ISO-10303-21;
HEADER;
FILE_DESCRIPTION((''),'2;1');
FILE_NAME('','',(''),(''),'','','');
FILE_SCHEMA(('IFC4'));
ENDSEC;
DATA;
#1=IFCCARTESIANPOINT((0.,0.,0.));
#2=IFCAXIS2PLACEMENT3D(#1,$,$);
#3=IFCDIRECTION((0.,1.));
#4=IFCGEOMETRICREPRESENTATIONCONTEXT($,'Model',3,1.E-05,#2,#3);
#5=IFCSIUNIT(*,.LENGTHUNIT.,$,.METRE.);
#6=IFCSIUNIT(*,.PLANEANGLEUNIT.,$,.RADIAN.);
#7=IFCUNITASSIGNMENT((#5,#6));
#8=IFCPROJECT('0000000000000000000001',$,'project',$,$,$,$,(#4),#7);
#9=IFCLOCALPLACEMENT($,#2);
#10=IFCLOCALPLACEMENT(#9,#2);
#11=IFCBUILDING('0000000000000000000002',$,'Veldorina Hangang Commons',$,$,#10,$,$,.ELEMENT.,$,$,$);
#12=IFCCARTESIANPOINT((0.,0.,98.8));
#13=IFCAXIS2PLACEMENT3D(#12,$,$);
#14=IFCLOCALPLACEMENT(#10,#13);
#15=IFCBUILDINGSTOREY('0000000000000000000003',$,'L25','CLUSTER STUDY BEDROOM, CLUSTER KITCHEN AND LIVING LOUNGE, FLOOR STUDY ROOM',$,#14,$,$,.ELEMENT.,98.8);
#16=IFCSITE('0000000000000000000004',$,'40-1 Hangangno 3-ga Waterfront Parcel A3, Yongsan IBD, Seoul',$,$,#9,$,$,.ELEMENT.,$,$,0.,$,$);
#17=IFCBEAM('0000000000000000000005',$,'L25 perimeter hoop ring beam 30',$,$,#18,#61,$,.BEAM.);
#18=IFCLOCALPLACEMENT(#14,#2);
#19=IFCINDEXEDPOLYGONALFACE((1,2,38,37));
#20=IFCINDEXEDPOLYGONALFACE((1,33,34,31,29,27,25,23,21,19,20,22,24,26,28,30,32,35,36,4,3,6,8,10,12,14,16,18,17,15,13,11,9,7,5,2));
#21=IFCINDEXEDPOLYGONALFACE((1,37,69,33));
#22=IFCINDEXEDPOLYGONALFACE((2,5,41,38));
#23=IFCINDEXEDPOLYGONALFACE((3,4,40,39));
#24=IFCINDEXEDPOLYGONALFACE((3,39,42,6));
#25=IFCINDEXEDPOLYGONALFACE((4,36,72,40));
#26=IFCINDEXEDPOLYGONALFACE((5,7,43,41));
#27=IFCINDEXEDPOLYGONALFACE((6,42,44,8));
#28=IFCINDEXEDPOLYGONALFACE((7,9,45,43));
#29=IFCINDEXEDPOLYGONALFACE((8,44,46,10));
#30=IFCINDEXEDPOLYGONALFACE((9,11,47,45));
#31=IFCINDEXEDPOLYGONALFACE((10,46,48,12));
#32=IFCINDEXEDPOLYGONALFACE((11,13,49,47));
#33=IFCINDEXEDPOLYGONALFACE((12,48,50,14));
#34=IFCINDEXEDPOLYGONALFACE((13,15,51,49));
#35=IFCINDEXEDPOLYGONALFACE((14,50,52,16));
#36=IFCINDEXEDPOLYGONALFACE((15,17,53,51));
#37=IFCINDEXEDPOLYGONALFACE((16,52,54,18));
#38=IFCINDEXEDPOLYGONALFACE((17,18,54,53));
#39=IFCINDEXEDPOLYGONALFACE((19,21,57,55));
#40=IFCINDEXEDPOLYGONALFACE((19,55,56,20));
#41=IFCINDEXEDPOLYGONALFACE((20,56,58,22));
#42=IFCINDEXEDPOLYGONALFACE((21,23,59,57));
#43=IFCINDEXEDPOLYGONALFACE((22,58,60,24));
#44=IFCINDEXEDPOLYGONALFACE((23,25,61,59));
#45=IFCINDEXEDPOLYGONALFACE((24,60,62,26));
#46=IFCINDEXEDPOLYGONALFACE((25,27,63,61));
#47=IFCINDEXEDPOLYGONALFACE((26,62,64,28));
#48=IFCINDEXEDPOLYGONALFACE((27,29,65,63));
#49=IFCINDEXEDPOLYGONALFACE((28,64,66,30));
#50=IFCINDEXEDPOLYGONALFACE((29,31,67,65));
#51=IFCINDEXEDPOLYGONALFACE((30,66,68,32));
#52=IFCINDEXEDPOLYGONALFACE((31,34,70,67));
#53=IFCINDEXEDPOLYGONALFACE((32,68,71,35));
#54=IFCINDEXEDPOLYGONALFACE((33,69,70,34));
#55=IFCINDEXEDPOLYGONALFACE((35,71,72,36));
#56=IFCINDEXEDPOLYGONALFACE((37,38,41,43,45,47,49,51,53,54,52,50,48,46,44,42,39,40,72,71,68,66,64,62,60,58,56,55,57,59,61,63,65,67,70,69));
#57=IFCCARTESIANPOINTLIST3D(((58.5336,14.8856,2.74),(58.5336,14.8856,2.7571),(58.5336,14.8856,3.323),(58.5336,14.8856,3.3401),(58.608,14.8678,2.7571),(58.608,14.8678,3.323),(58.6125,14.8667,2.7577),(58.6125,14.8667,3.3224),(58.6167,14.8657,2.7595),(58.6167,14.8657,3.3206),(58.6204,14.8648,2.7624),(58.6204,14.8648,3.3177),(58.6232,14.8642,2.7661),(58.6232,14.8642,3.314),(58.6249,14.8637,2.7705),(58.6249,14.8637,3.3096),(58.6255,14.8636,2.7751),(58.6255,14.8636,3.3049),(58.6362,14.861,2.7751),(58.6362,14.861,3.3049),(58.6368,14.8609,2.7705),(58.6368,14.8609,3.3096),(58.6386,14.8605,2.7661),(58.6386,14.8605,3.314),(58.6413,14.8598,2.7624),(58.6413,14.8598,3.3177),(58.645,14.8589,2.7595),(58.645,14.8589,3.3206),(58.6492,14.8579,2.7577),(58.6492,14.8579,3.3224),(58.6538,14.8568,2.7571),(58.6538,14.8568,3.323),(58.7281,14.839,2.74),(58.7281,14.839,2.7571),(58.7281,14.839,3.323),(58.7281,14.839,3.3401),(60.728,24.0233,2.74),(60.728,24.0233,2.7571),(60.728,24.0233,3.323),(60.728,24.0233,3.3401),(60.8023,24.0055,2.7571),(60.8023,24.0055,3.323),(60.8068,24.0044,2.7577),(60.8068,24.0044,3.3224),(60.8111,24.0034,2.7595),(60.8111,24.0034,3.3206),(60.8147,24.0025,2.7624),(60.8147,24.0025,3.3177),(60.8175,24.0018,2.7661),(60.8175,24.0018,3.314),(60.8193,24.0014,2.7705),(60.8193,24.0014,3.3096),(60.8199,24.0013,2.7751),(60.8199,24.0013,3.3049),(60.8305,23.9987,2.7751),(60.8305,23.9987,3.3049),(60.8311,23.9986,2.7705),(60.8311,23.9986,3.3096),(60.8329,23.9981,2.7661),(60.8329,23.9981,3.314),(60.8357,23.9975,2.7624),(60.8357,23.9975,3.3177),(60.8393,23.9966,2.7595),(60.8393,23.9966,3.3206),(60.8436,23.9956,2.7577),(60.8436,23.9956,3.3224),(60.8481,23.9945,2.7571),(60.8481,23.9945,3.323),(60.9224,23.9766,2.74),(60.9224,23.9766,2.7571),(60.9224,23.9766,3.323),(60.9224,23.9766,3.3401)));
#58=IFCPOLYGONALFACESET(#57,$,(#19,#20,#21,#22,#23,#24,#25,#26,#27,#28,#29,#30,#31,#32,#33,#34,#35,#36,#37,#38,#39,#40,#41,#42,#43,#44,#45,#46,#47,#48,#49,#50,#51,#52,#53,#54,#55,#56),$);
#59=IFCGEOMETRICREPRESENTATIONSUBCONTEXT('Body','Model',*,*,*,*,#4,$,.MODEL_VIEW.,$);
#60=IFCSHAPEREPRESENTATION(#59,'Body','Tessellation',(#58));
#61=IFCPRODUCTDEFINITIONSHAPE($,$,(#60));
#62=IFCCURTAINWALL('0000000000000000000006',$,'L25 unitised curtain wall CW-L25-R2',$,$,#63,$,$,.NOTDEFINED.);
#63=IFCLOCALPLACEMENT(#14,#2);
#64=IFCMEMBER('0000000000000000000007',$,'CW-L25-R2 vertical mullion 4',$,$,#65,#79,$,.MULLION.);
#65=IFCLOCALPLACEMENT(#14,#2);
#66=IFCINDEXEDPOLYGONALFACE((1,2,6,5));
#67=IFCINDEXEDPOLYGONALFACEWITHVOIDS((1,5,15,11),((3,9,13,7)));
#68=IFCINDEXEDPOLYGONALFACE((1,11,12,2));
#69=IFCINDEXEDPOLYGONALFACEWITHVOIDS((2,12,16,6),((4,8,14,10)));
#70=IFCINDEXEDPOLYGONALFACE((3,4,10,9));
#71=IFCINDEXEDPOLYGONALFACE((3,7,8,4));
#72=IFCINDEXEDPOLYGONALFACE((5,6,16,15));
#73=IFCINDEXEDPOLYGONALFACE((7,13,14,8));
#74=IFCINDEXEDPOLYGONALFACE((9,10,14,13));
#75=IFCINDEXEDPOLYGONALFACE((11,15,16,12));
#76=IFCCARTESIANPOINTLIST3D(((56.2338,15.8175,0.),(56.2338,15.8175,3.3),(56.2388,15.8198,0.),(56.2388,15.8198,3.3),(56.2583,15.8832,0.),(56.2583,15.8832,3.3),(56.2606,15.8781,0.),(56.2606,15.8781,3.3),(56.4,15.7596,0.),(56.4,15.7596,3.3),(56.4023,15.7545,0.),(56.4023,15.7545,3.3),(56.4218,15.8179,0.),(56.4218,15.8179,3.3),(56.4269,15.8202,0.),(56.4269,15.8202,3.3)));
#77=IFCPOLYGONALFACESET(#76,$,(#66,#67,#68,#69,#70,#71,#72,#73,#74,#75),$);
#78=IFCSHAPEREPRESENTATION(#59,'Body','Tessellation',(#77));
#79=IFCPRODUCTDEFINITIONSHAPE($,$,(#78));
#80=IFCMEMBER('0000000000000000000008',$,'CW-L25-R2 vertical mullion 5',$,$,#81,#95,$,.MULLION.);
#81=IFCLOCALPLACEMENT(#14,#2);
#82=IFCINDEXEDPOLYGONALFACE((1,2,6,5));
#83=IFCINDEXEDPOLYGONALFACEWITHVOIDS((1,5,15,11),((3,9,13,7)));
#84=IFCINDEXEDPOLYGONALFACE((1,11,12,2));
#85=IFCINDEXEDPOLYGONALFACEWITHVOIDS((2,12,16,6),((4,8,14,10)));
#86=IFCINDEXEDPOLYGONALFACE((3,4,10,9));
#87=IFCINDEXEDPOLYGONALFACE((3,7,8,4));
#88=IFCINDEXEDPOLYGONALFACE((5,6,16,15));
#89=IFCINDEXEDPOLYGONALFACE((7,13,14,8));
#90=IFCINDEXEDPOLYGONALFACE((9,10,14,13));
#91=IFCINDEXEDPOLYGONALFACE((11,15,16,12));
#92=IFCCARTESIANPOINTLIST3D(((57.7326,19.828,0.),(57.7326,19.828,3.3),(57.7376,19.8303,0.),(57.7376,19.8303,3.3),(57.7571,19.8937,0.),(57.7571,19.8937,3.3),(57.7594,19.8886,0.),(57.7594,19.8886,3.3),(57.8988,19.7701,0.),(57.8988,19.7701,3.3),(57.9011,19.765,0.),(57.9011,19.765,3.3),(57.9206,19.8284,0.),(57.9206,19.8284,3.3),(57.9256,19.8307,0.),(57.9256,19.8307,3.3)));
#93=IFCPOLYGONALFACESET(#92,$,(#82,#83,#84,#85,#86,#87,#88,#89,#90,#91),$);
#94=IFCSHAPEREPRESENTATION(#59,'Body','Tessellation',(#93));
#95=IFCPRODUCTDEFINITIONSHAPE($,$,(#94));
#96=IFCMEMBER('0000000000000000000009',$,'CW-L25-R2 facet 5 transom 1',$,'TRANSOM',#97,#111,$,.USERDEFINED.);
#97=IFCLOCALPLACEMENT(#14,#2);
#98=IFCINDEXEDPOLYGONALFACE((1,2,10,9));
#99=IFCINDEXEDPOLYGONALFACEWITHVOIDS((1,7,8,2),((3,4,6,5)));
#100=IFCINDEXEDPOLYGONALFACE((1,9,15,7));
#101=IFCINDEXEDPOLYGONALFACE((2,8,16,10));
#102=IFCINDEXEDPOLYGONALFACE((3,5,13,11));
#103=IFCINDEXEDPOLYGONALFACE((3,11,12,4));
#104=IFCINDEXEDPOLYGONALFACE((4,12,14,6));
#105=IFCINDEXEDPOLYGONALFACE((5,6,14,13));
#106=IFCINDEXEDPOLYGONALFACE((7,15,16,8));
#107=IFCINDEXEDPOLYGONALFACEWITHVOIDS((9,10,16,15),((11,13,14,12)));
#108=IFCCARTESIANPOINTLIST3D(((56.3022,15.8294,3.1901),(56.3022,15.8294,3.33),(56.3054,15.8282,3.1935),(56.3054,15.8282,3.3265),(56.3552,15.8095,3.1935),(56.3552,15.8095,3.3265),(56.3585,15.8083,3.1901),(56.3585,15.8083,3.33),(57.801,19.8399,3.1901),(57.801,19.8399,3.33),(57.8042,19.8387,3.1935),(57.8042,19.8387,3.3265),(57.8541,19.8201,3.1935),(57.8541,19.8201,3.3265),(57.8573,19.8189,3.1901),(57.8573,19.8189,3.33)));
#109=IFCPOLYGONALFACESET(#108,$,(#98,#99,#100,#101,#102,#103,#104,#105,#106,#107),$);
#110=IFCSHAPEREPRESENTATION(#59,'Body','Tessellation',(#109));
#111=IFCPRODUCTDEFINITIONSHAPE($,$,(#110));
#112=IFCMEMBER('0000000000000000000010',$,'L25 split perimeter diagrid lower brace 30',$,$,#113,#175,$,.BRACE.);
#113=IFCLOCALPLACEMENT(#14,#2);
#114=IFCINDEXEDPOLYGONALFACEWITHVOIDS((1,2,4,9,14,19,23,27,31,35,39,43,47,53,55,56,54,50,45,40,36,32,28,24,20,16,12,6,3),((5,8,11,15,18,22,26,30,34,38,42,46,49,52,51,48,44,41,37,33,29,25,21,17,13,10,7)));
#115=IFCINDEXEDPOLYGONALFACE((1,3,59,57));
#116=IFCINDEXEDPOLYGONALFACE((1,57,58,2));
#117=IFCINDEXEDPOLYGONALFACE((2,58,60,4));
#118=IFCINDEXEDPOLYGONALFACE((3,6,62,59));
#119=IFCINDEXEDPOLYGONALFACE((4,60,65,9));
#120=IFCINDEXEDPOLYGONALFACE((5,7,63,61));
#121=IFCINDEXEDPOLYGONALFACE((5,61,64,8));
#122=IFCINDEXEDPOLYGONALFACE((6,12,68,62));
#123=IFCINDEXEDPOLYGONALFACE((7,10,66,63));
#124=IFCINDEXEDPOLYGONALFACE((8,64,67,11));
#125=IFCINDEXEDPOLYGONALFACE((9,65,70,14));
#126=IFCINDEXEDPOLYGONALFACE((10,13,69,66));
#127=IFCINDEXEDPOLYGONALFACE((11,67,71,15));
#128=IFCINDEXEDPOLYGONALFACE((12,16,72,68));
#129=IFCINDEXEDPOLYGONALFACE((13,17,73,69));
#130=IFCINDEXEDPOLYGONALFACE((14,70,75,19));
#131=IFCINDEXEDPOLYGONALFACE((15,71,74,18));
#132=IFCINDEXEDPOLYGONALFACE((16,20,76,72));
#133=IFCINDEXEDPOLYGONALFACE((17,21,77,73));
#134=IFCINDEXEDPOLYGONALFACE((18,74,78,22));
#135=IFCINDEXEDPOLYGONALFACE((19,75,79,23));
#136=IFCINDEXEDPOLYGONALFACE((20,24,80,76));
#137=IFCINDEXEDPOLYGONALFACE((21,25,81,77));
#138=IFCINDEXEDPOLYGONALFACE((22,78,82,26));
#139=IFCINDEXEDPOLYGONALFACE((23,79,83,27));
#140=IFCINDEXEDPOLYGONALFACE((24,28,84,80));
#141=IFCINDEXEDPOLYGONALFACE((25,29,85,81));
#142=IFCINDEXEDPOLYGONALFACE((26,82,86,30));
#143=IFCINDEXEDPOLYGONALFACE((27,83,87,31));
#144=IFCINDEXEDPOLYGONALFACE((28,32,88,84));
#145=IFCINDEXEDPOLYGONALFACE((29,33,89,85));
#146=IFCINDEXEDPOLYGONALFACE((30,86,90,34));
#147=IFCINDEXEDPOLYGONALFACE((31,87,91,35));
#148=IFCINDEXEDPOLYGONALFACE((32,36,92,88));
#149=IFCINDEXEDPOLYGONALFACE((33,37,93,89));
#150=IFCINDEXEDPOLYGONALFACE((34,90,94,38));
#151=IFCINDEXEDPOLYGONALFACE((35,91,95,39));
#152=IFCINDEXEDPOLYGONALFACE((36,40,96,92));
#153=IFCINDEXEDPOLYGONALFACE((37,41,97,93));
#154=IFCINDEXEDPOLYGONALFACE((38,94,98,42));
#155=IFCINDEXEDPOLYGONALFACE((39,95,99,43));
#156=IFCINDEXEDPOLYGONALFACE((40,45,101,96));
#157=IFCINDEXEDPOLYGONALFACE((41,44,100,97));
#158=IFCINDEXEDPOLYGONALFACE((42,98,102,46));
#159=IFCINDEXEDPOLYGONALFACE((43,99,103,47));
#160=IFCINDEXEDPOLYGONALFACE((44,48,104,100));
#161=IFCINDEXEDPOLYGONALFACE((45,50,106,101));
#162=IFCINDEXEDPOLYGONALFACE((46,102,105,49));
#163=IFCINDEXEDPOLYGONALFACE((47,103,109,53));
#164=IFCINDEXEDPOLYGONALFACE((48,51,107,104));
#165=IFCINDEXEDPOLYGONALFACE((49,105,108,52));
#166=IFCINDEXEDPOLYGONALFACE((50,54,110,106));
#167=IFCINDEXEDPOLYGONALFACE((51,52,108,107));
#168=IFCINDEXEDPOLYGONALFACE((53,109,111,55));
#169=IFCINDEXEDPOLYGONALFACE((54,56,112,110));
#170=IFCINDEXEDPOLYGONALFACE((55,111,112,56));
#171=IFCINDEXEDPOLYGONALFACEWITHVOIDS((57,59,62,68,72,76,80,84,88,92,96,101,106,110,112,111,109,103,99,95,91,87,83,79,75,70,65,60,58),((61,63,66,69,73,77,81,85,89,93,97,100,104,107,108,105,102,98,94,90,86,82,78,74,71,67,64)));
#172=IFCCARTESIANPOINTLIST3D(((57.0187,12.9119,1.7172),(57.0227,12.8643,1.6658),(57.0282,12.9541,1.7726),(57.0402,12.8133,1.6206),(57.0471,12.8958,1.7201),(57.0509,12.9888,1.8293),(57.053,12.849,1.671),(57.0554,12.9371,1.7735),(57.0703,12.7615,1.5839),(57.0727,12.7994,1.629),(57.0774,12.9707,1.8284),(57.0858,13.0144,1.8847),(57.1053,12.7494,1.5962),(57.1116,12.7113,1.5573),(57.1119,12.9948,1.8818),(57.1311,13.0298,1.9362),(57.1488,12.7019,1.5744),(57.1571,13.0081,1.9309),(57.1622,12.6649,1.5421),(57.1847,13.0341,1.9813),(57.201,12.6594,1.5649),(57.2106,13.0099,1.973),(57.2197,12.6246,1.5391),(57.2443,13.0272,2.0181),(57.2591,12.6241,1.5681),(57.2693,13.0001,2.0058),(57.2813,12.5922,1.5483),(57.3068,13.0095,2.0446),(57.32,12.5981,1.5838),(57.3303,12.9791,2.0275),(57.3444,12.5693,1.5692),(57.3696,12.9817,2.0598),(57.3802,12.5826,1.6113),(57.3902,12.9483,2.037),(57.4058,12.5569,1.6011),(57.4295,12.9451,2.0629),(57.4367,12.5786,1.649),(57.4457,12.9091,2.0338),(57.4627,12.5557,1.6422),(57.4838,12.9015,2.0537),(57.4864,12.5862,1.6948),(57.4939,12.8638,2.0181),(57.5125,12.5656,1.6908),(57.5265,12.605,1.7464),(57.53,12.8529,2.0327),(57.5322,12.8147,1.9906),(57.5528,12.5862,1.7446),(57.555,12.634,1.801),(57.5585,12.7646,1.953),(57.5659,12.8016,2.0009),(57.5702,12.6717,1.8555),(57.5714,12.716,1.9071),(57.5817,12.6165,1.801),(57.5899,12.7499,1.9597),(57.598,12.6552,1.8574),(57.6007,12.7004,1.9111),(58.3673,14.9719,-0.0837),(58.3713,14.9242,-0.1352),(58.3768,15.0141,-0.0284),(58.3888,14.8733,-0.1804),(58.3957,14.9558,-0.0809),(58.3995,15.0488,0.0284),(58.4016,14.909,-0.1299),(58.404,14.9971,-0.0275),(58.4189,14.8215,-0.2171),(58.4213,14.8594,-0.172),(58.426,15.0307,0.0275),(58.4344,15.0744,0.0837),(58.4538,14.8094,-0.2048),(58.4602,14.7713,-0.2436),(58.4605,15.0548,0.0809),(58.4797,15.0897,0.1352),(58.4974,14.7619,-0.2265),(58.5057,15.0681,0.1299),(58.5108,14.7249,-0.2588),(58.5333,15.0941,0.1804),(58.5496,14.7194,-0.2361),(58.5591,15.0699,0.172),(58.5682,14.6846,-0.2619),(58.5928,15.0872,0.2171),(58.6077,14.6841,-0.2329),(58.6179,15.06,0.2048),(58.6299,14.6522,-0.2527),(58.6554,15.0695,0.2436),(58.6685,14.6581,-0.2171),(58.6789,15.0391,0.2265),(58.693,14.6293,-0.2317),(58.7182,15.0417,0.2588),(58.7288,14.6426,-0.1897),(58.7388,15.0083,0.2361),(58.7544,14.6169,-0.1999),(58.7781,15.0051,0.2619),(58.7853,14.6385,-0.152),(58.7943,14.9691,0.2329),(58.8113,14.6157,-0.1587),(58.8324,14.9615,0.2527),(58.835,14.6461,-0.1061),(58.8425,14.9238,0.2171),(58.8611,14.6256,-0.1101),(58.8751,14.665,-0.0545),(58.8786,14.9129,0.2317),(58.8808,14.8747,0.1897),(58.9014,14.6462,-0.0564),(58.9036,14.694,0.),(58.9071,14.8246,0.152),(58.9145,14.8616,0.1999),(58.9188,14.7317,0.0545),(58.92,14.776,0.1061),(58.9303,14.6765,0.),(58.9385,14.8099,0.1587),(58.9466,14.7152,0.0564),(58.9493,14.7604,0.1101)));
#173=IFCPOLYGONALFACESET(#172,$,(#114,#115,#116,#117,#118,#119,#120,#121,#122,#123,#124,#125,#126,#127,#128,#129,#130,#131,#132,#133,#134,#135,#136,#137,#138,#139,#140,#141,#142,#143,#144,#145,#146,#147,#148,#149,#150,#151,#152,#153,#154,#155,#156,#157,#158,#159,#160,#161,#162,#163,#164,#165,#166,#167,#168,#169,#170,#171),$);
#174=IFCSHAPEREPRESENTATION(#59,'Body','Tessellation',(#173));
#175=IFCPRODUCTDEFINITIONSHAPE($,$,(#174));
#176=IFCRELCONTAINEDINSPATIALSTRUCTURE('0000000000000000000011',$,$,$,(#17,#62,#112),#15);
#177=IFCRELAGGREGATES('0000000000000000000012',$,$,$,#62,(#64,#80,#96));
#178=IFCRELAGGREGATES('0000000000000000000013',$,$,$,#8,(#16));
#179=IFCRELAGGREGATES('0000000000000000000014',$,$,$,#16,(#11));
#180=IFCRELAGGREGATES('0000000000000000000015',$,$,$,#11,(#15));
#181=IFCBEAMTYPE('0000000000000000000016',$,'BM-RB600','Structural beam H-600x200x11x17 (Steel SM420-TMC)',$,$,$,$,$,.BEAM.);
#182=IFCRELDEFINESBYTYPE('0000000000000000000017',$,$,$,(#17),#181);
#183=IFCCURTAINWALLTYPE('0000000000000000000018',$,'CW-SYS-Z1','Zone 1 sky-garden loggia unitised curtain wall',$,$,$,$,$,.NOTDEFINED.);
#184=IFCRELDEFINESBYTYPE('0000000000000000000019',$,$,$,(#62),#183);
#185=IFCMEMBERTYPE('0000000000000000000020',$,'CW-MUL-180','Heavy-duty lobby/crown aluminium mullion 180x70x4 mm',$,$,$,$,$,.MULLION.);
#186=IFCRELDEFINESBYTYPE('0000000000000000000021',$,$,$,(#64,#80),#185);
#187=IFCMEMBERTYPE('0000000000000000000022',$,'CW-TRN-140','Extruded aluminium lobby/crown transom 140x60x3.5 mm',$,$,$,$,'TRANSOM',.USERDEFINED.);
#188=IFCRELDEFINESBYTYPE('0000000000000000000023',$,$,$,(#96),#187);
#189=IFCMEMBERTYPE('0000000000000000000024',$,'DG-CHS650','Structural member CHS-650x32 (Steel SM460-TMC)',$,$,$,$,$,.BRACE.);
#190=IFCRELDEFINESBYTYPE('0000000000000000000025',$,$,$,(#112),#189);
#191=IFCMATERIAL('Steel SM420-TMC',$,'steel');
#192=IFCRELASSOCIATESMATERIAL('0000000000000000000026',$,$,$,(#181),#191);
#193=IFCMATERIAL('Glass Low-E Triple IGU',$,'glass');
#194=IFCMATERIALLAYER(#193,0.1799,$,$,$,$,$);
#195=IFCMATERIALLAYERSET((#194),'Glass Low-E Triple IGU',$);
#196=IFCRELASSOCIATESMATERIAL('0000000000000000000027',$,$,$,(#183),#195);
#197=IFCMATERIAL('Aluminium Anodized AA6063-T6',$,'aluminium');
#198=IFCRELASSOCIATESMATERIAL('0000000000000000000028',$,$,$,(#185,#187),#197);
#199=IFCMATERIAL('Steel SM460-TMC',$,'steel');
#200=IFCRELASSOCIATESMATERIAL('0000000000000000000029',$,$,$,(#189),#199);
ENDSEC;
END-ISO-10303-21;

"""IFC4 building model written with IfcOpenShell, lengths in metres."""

from ifc_helpers import new_model, si_unit, direction, frame, origin, origin_2d, place, context, subcontext, project, spatial, hollow_rectangle, hollow_circle, i_section, extrude, material, layer, layer_set, material_profile, profile_set, type_object, element, aggregate, save


model = new_model("IFC4")

# Units and contexts
model_context = context("Model", 3, precision=1e-05, world=origin(), true_north=direction((0.0, 1.0)))
body_context = subcontext(model_context, "Body", "Model", "MODEL_VIEW")
ifc_project = project(units=[si_unit("LENGTHUNIT", "METRE"), si_unit("PLANEANGLEUNIT", "RADIAN")], contexts=[model_context])

# Site, building, storey
site_placement = place(None, origin())
site = spatial("IfcSite", under=ifc_project, at=site_placement, Name="40-1 Hangangno 3-ga Waterfront Parcel A3, Yongsan IBD, Seoul", CompositionType="ELEMENT", RefElevation=0.0)
building_placement = place(site_placement, origin())
building = spatial("IfcBuilding", under=site, at=building_placement, Name="Veldorina Hangang Commons", CompositionType="ELEMENT")
storey_placement = place(building_placement, frame((0.0, 0.0, 98.8)))
storey = spatial("IfcBuildingStorey", under=building, at=storey_placement, Name="L25", Description="CLUSTER STUDY BEDROOM, CLUSTER KITCHEN AND LIVING LOUNGE, FLOOR STUDY ROOM", CompositionType="ELEMENT", Elevation=98.8)

# Beam
ifc_material_1 = material(Name="Steel SM420-TMC", Category="steel")
ifc_material_profile_1 = material_profile(ifc_material_1, i_section(OverallWidth=0.2, OverallDepth=0.6001, WebThickness=0.011, FlangeThickness=0.0171, FilletRadius=0.0181, at=origin_2d()), Name="H-600x200x11x17")
ifc_profile_set_1 = profile_set([ifc_material_profile_1], Name="Steel SM420-TMC")
beam_type = type_object("IfcBeamType", Name="BM-RB600", Description="Structural beam H-600x200x11x17 (Steel SM420-TMC)", PredefinedType="BEAM", material=ifc_profile_set_1)
beam_placement = place(storey_placement, frame((58.6309, 14.8623, 3.04), z_axis=(0.233503, 0.972356, 0.0), x_axis=(-0.972356, 0.233503, 0.0)))
element("IfcBeam", 1, at=beam_placement, inside=storey, type_object=beam_type, Name="L25 perimeter hoop ring beam 30", PredefinedType="BEAM", context=body_context, shape_type="SweptSolid", body=[
    extrude(i_section(OverallWidth=0.2, OverallDepth=0.6001, WebThickness=0.011, FlangeThickness=0.0171, FilletRadius=0.0181, at=origin_2d()), origin(), (0.0, 0.0, 1.0), 9.3975),
])

# Curtain wall, members
ifc_material_2 = material(Name="Glass Low-E Triple IGU", Category="glass")
ifc_layer_1 = layer(ifc_material_2, 0.1799)
ifc_layer_set_1 = layer_set([ifc_layer_1], Name="Glass Low-E Triple IGU")
curtain_wall_type = type_object("IfcCurtainWallType", Name="CW-SYS-Z1", Description="Zone 1 sky-garden loggia unitised curtain wall", PredefinedType="NOTDEFINED", material=ifc_layer_set_1)
curtain_wall_placement = place(storey_placement, origin())
curtain_wall = element("IfcCurtainWall", 2, at=curtain_wall_placement, inside=storey, type_object=curtain_wall_type, Name="L25 unitised curtain wall CW-L25-R2", PredefinedType="NOTDEFINED")
ifc_material_3 = material(Name="Aluminium Anodized AA6063-T6", Category="aluminium")
ifc_material_profile_2 = material_profile(ifc_material_3, hollow_rectangle(XDim=0.0701, YDim=0.1799, WallThickness=0.0039, at=origin_2d()), Name="ALU-RHS-180x70x4")
ifc_profile_set_2 = profile_set([ifc_material_profile_2], Name="Aluminium Anodized AA6063-T6")
member_type_1 = type_object("IfcMemberType", Name="CW-MUL-180", Description="Heavy-duty lobby/crown aluminium mullion 180x70x4 mm", PredefinedType="MULLION", material=ifc_profile_set_2)
member_1_placement = place(storey_placement, frame((56.3303, 15.8188, 0.0), z_axis=(0.0, 0.0, 1.0), x_axis=(0.350028, 0.936739, 0.0)))
member_1 = element("IfcMember", 3, at=member_1_placement, type_object=member_type_1, Name="CW-L25-R2 vertical mullion 4", PredefinedType="MULLION", context=body_context, shape_type="SweptSolid", body=[
    extrude(hollow_rectangle(XDim=0.0701, YDim=0.1799, WallThickness=0.0039, at=origin_2d()), origin(), (0.0, 0.0, 1.0), 3.3),
])
member_2_placement = place(storey_placement, frame((57.8291, 19.8293, 0.0), z_axis=(0.0, 0.0, 1.0), x_axis=(-0.350028, -0.936739, 0.0)))
member_2 = element("IfcMember", 4, at=member_2_placement, type_object=member_type_1, Name="CW-L25-R2 vertical mullion 5", PredefinedType="MULLION", context=body_context, shape_type="SweptSolid", body=[
    extrude(hollow_rectangle(XDim=0.0701, YDim=0.1799, WallThickness=0.0039, at=origin_2d()), origin(), (0.0, 0.0, 1.0), 3.3),
])
ifc_material_profile_3 = material_profile(ifc_material_3, hollow_rectangle(XDim=0.0601, YDim=0.1399, WallThickness=0.0034, at=origin_2d()), Name="ALU-RHS-140x60x3.5")
ifc_profile_set_3 = profile_set([ifc_material_profile_3], Name="Aluminium Anodized AA6063-T6")
member_type_2 = type_object("IfcMemberType", Name="CW-TRN-140", Description="Extruded aluminium lobby/crown transom 140x60x3.5 mm", ElementType="TRANSOM", PredefinedType="USERDEFINED", material=ifc_profile_set_3)
member_3_placement = place(storey_placement, frame((56.3303, 15.8188, 3.26), z_axis=(0.350067, 0.936725, 0.0), x_axis=(-0.936725, 0.350067, 0.0)))
member_3 = element("IfcMember", 5, at=member_3_placement, type_object=member_type_2, Name="CW-L25-R2 facet 5 transom 1", ObjectType="TRANSOM", PredefinedType="USERDEFINED", context=body_context, shape_type="SweptSolid", body=[
    extrude(hollow_rectangle(XDim=0.0601, YDim=0.1399, WallThickness=0.0034, at=origin_2d()), origin(), (0.0, 0.0, 1.0), 4.2815),
])

# Member
ifc_material_4 = material(Name="Steel SM460-TMC", Category="steel")
ifc_material_profile_4 = material_profile(ifc_material_4, hollow_circle(Radius=0.325, WallThickness=0.032, at=origin_2d()), Name="CHS-650x32")
ifc_profile_set_4 = profile_set([ifc_material_profile_4], Name="Steel SM460-TMC")
member_type_3 = type_object("IfcMemberType", Name="DG-CHS650", Description="Structural member CHS-650x32 (Steel SM460-TMC)", PredefinedType="BRACE", material=ifc_profile_set_4)
member_4_placement = place(storey_placement, frame((58.6584, 14.8545, 0.0), z_axis=(-0.442083, -0.67529, 0.590378), x_axis=(0.836659, -0.547725, 0.0)))
element("IfcMember", 6, at=member_4_placement, inside=storey, type_object=member_type_3, Name="L25 split perimeter diagrid lower brace 30", PredefinedType="BRACE", context=body_context, shape_type="SweptSolid", body=[
    extrude(hollow_circle(Radius=0.325, WallThickness=0.032, at=origin_2d()), origin(), (0.0, 0.0, 1.0), 3.0505),
])

aggregate(curtain_wall, [member_1, member_2, member_3])

save(model, "model.ifc")
